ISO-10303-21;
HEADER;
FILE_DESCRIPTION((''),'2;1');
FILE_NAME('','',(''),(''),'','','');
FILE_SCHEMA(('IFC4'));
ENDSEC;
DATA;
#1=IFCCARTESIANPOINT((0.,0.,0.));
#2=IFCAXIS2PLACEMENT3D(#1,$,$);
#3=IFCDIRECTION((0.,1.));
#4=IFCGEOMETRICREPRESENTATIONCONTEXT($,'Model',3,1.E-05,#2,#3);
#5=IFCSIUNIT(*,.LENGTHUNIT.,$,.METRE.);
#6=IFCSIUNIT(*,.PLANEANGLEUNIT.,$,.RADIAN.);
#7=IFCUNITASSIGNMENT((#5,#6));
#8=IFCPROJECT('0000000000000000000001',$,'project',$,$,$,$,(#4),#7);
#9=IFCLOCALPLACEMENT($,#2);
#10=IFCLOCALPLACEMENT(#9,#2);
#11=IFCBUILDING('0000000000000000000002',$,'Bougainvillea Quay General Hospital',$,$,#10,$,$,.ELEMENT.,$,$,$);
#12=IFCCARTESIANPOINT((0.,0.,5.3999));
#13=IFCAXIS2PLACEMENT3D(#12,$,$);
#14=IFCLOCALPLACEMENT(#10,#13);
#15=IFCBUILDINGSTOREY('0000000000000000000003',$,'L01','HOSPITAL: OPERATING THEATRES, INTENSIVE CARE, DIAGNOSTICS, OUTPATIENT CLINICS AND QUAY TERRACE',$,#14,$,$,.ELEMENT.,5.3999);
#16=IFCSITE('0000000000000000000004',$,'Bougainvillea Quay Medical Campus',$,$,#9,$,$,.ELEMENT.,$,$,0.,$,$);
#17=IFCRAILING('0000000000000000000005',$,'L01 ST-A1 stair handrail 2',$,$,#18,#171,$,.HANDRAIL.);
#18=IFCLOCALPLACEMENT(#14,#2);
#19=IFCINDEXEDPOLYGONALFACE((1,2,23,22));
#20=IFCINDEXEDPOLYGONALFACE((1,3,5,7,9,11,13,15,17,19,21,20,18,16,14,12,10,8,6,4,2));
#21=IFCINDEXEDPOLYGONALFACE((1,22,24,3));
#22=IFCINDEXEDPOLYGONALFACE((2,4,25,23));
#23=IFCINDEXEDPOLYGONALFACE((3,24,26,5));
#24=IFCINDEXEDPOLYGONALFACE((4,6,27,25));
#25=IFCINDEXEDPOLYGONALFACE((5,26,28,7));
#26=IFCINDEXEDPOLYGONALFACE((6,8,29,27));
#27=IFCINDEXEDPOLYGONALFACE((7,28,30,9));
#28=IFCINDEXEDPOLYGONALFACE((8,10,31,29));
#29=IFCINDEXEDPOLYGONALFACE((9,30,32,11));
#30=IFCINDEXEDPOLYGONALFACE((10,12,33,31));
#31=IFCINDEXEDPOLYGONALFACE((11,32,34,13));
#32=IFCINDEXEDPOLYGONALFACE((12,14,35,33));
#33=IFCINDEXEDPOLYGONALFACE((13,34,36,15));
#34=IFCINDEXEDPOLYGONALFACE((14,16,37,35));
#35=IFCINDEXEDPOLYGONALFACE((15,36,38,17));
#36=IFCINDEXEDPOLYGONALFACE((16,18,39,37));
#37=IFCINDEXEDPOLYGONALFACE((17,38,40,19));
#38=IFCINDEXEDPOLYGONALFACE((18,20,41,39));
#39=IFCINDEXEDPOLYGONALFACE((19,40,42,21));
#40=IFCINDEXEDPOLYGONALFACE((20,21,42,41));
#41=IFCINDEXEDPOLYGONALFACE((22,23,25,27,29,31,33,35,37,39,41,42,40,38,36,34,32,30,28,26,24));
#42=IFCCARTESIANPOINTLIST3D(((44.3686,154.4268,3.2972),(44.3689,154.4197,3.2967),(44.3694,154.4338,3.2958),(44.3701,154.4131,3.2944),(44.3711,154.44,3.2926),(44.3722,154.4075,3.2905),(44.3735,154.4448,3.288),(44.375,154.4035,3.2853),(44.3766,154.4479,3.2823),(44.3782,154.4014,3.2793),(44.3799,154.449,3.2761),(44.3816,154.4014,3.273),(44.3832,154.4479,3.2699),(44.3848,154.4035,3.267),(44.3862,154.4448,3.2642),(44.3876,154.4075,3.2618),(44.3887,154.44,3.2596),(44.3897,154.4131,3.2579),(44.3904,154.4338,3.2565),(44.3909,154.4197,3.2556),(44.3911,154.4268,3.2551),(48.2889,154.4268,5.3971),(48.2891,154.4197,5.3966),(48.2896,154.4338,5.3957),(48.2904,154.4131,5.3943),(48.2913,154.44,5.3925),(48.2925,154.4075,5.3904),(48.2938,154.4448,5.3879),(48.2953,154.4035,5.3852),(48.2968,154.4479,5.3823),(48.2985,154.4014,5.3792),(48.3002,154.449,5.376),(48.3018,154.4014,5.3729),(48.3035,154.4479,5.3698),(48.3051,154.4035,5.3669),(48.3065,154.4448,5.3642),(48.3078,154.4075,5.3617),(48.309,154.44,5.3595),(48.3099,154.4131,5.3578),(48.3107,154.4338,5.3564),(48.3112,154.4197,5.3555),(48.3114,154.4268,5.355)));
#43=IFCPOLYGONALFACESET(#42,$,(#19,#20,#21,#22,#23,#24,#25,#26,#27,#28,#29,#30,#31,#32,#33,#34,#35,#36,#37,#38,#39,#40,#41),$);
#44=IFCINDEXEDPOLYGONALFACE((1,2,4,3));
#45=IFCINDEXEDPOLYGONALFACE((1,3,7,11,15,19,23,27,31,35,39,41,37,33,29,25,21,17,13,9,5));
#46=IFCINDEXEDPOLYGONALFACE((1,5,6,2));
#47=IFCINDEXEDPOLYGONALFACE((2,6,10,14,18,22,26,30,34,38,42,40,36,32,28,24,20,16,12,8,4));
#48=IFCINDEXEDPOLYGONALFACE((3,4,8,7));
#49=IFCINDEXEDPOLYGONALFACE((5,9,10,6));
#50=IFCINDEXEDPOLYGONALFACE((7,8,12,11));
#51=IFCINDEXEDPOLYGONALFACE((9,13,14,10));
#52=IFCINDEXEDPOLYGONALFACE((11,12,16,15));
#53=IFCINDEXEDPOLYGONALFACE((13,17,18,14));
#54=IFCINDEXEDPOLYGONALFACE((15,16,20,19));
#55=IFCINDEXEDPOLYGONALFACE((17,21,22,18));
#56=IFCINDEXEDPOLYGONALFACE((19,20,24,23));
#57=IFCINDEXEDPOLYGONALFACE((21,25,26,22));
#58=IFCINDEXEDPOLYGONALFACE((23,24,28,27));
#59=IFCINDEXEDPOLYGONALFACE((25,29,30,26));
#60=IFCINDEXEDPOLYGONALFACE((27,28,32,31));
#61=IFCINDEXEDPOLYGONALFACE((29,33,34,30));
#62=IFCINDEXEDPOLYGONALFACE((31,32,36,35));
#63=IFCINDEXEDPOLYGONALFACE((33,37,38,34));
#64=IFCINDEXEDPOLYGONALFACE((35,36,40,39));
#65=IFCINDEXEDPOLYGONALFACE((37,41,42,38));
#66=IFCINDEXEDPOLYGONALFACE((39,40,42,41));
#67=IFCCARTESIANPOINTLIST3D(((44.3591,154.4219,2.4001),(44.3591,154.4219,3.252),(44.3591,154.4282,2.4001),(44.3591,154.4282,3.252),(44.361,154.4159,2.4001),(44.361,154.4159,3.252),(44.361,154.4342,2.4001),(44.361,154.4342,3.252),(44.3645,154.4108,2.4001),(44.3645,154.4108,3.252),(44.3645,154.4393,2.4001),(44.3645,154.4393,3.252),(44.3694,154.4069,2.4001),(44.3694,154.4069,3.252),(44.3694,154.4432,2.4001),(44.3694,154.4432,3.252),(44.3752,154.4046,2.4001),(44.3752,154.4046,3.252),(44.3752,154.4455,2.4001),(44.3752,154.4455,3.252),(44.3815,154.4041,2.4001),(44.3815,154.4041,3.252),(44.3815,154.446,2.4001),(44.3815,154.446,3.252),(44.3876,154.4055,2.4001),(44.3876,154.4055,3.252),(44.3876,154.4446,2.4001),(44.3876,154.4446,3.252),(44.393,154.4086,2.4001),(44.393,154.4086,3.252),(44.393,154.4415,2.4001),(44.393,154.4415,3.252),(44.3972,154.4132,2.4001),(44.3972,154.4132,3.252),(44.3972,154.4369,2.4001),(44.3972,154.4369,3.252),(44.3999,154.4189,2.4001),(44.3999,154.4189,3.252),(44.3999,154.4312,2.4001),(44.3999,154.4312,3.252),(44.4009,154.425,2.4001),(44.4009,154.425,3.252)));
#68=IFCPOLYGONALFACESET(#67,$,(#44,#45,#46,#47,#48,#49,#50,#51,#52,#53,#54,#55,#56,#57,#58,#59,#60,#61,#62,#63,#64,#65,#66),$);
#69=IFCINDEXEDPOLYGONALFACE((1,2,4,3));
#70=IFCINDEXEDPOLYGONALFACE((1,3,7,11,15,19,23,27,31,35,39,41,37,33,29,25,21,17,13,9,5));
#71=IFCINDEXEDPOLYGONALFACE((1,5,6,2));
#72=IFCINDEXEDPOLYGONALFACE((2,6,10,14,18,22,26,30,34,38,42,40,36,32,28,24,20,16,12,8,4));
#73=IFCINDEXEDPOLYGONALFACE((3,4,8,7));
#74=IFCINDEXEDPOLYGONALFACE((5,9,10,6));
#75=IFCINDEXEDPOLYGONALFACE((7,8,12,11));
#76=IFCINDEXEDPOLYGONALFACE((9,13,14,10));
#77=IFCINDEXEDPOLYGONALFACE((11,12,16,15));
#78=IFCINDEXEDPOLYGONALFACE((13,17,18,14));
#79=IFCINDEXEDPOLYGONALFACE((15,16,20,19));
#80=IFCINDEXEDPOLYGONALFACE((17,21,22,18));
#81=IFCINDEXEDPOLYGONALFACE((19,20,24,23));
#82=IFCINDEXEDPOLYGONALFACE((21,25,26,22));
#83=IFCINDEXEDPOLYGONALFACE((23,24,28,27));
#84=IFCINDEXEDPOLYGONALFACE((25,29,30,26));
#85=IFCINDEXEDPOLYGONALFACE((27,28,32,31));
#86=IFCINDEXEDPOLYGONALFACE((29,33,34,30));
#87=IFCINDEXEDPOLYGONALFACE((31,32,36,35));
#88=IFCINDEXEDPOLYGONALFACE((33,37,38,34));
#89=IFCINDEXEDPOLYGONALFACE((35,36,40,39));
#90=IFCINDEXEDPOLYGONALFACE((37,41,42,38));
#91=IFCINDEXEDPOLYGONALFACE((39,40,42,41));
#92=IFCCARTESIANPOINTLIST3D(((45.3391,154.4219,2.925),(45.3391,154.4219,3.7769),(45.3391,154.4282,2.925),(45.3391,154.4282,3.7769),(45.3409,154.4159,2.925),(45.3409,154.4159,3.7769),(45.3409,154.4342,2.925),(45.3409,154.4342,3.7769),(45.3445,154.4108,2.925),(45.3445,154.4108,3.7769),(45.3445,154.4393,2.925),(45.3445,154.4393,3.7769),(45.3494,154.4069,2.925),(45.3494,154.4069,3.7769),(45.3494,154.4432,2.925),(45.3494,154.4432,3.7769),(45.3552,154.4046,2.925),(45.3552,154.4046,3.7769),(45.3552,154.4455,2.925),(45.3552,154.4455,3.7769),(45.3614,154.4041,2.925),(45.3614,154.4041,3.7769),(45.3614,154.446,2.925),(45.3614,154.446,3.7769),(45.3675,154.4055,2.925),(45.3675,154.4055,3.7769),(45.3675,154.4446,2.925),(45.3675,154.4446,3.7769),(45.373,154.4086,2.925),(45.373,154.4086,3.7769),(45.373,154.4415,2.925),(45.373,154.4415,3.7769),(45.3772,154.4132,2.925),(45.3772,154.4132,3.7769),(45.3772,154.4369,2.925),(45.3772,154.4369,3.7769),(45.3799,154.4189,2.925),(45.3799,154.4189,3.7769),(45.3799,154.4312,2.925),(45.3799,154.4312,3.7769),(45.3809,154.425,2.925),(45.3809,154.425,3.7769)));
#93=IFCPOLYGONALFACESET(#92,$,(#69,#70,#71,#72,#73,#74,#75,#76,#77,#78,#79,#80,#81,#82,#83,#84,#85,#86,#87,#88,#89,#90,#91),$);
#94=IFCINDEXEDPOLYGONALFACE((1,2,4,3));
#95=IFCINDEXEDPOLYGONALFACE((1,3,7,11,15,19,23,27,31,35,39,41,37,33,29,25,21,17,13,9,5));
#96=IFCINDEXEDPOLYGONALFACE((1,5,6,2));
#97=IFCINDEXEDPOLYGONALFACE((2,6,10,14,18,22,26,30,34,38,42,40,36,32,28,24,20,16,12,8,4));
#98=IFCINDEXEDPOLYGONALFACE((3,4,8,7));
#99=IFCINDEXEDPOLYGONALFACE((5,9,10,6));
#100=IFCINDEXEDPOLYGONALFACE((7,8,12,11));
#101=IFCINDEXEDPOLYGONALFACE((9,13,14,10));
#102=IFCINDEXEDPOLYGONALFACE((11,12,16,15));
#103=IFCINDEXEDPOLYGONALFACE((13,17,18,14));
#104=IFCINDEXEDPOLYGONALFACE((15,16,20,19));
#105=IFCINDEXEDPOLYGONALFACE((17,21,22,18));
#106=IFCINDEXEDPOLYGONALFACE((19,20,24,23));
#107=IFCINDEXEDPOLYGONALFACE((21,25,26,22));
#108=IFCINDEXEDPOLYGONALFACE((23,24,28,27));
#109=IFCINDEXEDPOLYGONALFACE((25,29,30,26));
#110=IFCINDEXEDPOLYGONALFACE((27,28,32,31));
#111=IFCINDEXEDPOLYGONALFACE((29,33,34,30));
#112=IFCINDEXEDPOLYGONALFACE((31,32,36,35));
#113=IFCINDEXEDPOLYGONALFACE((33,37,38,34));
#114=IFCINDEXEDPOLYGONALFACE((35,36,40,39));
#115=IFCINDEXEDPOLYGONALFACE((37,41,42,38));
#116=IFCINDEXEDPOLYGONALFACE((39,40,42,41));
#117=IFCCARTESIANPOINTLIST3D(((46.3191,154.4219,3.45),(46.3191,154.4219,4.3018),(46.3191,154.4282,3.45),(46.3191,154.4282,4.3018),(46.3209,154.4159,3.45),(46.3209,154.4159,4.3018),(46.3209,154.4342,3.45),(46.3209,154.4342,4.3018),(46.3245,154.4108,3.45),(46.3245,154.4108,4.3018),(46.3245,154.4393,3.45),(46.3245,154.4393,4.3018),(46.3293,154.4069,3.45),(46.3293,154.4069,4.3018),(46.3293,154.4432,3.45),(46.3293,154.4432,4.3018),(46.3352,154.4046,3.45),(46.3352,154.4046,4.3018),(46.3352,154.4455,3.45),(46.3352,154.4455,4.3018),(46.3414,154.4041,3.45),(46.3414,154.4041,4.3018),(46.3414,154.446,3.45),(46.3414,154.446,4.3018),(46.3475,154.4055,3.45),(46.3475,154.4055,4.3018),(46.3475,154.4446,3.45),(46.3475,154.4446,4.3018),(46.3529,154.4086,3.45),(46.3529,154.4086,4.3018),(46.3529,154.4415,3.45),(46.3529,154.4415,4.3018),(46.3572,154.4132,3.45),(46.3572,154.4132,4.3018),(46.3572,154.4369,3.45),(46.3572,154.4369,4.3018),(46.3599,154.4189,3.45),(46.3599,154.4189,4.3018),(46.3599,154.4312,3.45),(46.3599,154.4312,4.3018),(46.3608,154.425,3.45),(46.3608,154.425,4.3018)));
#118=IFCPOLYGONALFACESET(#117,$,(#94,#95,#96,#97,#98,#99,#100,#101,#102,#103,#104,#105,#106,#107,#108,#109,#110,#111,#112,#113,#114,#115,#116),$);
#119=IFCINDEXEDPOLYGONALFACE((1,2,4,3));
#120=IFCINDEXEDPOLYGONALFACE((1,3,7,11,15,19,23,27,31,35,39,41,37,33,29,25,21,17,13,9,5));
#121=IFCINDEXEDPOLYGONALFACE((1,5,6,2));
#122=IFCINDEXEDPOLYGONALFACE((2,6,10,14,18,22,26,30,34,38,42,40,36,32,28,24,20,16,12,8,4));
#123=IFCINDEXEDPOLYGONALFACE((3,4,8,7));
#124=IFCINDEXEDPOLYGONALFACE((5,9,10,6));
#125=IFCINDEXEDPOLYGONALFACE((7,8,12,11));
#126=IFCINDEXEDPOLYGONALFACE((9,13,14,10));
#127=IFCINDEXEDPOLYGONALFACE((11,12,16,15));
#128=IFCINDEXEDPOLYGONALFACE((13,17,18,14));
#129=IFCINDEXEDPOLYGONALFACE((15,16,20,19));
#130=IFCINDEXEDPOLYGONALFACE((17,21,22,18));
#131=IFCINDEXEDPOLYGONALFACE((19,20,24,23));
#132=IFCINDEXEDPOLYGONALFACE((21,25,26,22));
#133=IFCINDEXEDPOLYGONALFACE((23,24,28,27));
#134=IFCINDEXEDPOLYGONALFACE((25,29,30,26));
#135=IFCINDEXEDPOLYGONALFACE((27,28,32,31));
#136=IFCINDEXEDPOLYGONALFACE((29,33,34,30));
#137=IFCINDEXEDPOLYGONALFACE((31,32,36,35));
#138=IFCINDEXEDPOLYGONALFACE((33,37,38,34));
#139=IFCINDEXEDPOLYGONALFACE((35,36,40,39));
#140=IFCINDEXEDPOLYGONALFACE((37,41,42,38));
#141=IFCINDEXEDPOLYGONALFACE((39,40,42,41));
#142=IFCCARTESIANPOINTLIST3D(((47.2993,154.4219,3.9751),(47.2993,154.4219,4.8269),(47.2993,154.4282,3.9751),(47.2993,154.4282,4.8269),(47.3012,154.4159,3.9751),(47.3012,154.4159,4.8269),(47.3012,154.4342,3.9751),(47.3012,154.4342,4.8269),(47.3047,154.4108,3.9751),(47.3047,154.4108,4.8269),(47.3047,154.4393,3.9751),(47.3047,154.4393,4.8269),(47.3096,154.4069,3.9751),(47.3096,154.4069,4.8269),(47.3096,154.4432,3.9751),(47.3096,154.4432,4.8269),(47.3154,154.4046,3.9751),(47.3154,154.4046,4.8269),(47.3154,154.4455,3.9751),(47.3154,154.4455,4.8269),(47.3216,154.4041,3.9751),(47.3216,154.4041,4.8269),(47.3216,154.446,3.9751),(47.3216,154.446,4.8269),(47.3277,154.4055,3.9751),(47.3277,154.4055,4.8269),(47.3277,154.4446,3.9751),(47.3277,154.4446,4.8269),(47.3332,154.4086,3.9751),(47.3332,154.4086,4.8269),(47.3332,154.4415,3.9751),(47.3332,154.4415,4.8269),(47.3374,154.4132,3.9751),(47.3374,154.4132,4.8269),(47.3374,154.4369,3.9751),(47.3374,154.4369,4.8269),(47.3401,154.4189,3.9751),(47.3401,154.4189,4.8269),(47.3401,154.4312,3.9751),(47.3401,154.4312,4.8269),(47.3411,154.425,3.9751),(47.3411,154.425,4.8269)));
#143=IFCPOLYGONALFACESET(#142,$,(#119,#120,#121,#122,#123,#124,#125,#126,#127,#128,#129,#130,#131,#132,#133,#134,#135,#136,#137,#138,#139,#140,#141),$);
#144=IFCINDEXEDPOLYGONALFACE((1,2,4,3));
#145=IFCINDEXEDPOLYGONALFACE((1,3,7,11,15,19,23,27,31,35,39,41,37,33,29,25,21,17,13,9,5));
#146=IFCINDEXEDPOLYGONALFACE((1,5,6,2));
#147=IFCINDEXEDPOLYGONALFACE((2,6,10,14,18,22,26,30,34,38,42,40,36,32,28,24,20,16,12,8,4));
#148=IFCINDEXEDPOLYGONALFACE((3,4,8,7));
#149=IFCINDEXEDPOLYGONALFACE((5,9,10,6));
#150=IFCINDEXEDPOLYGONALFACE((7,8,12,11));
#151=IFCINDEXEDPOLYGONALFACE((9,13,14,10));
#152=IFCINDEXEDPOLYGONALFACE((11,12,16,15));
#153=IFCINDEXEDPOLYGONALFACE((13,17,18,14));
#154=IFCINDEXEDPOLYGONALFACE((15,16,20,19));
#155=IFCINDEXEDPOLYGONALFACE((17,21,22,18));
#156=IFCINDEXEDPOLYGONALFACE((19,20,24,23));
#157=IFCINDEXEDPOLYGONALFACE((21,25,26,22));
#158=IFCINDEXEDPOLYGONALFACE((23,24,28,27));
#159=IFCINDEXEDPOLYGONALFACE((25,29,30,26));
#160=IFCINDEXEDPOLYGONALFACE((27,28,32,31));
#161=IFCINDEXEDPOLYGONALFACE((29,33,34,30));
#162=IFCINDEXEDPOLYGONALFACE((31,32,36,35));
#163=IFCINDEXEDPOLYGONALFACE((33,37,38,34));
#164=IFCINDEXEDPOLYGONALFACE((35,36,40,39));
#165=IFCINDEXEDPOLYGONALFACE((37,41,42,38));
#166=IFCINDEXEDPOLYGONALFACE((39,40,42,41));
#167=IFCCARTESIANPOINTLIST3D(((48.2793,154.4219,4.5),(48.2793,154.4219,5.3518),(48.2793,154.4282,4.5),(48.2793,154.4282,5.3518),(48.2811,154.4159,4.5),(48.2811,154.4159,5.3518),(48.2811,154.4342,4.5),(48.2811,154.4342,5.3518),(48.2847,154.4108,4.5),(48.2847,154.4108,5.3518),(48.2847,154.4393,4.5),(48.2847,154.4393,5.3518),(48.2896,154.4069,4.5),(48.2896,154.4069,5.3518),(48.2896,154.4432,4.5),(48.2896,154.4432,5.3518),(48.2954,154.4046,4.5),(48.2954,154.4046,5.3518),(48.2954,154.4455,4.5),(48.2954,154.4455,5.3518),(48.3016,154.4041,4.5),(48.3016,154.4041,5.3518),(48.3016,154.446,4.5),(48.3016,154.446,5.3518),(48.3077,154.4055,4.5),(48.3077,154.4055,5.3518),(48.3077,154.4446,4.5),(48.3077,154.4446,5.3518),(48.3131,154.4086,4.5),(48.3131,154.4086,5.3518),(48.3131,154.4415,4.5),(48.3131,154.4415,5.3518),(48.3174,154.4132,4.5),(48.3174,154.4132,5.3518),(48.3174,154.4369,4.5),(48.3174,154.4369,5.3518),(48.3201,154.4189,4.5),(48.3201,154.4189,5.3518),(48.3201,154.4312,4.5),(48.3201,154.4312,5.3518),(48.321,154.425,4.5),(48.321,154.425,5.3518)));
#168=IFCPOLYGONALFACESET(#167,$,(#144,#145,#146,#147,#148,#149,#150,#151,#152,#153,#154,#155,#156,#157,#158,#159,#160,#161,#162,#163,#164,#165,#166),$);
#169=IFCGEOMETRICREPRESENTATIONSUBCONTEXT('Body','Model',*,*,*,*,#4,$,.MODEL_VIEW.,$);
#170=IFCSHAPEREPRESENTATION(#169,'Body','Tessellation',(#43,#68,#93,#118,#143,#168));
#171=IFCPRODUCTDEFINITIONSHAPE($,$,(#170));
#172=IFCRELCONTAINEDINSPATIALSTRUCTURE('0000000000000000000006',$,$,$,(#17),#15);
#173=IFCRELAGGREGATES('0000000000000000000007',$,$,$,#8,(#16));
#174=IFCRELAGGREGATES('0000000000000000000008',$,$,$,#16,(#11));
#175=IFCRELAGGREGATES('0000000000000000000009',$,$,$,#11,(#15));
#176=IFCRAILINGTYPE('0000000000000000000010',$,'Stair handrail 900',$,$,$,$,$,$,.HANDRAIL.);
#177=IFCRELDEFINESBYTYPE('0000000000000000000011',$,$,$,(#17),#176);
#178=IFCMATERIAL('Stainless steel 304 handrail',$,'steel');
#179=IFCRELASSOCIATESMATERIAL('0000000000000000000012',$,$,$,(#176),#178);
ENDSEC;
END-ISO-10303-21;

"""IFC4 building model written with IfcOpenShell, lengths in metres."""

from ifc_helpers import new_model, si_unit, direction, frame, origin, origin_2d, place, context, subcontext, project, spatial, circle, extrude, material, type_object, element, save


model = new_model("IFC4")

# Units and contexts
model_context = context("Model", 3, precision=1e-05, world=origin(), true_north=direction((0.0, 1.0)))
body_context = subcontext(model_context, "Body", "Model", "MODEL_VIEW")
ifc_project = project(units=[si_unit("LENGTHUNIT", "METRE"), si_unit("PLANEANGLEUNIT", "RADIAN")], contexts=[model_context])

# Site, building, storey
site_placement = place(None, origin())
site = spatial("IfcSite", under=ifc_project, at=site_placement, Name="Bougainvillea Quay Medical Campus", CompositionType="ELEMENT", RefElevation=0.0)
building_placement = place(site_placement, origin())
building = spatial("IfcBuilding", under=site, at=building_placement, Name="Bougainvillea Quay General Hospital", CompositionType="ELEMENT")
storey_placement = place(building_placement, frame((0.0, 0.0, 5.3999)))
storey = spatial("IfcBuildingStorey", under=building, at=storey_placement, Name="L01", Description="HOSPITAL: OPERATING THEATRES, INTENSIVE CARE, DIAGNOSTICS, OUTPATIENT CLINICS AND QUAY TERRACE", CompositionType="ELEMENT", Elevation=5.3999)

# Railing
ifc_material_1 = material(Name="Stainless steel 304 handrail", Category="steel")
railing_type_1 = type_object("IfcRailingType", Name="Stair handrail 900", PredefinedType="HANDRAIL", material=ifc_material_1)
railing_1_placement = place(storey_placement, frame((44.3799, 154.425, 2.4001)))
element("IfcRailing", 1, at=railing_1_placement, inside=storey, type_object=railing_type_1, Name="L01 ST-A1 stair handrail 2", PredefinedType="HANDRAIL", context=body_context, shape_type="SweptSolid", body=[
    extrude(circle(Radius=0.0239, at=origin_2d()), frame((0.0, 0.0, 0.876), z_axis=(0.881502, 0.0, 0.47218), x_axis=(0.0, 1.0, 0.0)), (0.0, 0.0, 1.0), 4.4473),
    extrude(circle(Radius=0.021, at=origin_2d()), origin(), (0.0, 0.0, 1.0), 0.8518),
    extrude(circle(Radius=0.021, at=origin_2d()), frame((0.98, 0.0, 0.5249)), (0.0, 0.0, 1.0), 0.8518),
    extrude(circle(Radius=0.021, at=origin_2d()), frame((1.96, 0.0, 1.0498)), (0.0, 0.0, 1.0), 0.8518),
    extrude(circle(Radius=0.021, at=origin_2d()), frame((2.9402, 0.0, 1.575)), (0.0, 0.0, 1.0), 0.8518),
    extrude(circle(Radius=0.021, at=origin_2d()), frame((3.9202, 0.0, 2.0999)), (0.0, 0.0, 1.0), 0.8518),
])

save(model, "model.ifc")
